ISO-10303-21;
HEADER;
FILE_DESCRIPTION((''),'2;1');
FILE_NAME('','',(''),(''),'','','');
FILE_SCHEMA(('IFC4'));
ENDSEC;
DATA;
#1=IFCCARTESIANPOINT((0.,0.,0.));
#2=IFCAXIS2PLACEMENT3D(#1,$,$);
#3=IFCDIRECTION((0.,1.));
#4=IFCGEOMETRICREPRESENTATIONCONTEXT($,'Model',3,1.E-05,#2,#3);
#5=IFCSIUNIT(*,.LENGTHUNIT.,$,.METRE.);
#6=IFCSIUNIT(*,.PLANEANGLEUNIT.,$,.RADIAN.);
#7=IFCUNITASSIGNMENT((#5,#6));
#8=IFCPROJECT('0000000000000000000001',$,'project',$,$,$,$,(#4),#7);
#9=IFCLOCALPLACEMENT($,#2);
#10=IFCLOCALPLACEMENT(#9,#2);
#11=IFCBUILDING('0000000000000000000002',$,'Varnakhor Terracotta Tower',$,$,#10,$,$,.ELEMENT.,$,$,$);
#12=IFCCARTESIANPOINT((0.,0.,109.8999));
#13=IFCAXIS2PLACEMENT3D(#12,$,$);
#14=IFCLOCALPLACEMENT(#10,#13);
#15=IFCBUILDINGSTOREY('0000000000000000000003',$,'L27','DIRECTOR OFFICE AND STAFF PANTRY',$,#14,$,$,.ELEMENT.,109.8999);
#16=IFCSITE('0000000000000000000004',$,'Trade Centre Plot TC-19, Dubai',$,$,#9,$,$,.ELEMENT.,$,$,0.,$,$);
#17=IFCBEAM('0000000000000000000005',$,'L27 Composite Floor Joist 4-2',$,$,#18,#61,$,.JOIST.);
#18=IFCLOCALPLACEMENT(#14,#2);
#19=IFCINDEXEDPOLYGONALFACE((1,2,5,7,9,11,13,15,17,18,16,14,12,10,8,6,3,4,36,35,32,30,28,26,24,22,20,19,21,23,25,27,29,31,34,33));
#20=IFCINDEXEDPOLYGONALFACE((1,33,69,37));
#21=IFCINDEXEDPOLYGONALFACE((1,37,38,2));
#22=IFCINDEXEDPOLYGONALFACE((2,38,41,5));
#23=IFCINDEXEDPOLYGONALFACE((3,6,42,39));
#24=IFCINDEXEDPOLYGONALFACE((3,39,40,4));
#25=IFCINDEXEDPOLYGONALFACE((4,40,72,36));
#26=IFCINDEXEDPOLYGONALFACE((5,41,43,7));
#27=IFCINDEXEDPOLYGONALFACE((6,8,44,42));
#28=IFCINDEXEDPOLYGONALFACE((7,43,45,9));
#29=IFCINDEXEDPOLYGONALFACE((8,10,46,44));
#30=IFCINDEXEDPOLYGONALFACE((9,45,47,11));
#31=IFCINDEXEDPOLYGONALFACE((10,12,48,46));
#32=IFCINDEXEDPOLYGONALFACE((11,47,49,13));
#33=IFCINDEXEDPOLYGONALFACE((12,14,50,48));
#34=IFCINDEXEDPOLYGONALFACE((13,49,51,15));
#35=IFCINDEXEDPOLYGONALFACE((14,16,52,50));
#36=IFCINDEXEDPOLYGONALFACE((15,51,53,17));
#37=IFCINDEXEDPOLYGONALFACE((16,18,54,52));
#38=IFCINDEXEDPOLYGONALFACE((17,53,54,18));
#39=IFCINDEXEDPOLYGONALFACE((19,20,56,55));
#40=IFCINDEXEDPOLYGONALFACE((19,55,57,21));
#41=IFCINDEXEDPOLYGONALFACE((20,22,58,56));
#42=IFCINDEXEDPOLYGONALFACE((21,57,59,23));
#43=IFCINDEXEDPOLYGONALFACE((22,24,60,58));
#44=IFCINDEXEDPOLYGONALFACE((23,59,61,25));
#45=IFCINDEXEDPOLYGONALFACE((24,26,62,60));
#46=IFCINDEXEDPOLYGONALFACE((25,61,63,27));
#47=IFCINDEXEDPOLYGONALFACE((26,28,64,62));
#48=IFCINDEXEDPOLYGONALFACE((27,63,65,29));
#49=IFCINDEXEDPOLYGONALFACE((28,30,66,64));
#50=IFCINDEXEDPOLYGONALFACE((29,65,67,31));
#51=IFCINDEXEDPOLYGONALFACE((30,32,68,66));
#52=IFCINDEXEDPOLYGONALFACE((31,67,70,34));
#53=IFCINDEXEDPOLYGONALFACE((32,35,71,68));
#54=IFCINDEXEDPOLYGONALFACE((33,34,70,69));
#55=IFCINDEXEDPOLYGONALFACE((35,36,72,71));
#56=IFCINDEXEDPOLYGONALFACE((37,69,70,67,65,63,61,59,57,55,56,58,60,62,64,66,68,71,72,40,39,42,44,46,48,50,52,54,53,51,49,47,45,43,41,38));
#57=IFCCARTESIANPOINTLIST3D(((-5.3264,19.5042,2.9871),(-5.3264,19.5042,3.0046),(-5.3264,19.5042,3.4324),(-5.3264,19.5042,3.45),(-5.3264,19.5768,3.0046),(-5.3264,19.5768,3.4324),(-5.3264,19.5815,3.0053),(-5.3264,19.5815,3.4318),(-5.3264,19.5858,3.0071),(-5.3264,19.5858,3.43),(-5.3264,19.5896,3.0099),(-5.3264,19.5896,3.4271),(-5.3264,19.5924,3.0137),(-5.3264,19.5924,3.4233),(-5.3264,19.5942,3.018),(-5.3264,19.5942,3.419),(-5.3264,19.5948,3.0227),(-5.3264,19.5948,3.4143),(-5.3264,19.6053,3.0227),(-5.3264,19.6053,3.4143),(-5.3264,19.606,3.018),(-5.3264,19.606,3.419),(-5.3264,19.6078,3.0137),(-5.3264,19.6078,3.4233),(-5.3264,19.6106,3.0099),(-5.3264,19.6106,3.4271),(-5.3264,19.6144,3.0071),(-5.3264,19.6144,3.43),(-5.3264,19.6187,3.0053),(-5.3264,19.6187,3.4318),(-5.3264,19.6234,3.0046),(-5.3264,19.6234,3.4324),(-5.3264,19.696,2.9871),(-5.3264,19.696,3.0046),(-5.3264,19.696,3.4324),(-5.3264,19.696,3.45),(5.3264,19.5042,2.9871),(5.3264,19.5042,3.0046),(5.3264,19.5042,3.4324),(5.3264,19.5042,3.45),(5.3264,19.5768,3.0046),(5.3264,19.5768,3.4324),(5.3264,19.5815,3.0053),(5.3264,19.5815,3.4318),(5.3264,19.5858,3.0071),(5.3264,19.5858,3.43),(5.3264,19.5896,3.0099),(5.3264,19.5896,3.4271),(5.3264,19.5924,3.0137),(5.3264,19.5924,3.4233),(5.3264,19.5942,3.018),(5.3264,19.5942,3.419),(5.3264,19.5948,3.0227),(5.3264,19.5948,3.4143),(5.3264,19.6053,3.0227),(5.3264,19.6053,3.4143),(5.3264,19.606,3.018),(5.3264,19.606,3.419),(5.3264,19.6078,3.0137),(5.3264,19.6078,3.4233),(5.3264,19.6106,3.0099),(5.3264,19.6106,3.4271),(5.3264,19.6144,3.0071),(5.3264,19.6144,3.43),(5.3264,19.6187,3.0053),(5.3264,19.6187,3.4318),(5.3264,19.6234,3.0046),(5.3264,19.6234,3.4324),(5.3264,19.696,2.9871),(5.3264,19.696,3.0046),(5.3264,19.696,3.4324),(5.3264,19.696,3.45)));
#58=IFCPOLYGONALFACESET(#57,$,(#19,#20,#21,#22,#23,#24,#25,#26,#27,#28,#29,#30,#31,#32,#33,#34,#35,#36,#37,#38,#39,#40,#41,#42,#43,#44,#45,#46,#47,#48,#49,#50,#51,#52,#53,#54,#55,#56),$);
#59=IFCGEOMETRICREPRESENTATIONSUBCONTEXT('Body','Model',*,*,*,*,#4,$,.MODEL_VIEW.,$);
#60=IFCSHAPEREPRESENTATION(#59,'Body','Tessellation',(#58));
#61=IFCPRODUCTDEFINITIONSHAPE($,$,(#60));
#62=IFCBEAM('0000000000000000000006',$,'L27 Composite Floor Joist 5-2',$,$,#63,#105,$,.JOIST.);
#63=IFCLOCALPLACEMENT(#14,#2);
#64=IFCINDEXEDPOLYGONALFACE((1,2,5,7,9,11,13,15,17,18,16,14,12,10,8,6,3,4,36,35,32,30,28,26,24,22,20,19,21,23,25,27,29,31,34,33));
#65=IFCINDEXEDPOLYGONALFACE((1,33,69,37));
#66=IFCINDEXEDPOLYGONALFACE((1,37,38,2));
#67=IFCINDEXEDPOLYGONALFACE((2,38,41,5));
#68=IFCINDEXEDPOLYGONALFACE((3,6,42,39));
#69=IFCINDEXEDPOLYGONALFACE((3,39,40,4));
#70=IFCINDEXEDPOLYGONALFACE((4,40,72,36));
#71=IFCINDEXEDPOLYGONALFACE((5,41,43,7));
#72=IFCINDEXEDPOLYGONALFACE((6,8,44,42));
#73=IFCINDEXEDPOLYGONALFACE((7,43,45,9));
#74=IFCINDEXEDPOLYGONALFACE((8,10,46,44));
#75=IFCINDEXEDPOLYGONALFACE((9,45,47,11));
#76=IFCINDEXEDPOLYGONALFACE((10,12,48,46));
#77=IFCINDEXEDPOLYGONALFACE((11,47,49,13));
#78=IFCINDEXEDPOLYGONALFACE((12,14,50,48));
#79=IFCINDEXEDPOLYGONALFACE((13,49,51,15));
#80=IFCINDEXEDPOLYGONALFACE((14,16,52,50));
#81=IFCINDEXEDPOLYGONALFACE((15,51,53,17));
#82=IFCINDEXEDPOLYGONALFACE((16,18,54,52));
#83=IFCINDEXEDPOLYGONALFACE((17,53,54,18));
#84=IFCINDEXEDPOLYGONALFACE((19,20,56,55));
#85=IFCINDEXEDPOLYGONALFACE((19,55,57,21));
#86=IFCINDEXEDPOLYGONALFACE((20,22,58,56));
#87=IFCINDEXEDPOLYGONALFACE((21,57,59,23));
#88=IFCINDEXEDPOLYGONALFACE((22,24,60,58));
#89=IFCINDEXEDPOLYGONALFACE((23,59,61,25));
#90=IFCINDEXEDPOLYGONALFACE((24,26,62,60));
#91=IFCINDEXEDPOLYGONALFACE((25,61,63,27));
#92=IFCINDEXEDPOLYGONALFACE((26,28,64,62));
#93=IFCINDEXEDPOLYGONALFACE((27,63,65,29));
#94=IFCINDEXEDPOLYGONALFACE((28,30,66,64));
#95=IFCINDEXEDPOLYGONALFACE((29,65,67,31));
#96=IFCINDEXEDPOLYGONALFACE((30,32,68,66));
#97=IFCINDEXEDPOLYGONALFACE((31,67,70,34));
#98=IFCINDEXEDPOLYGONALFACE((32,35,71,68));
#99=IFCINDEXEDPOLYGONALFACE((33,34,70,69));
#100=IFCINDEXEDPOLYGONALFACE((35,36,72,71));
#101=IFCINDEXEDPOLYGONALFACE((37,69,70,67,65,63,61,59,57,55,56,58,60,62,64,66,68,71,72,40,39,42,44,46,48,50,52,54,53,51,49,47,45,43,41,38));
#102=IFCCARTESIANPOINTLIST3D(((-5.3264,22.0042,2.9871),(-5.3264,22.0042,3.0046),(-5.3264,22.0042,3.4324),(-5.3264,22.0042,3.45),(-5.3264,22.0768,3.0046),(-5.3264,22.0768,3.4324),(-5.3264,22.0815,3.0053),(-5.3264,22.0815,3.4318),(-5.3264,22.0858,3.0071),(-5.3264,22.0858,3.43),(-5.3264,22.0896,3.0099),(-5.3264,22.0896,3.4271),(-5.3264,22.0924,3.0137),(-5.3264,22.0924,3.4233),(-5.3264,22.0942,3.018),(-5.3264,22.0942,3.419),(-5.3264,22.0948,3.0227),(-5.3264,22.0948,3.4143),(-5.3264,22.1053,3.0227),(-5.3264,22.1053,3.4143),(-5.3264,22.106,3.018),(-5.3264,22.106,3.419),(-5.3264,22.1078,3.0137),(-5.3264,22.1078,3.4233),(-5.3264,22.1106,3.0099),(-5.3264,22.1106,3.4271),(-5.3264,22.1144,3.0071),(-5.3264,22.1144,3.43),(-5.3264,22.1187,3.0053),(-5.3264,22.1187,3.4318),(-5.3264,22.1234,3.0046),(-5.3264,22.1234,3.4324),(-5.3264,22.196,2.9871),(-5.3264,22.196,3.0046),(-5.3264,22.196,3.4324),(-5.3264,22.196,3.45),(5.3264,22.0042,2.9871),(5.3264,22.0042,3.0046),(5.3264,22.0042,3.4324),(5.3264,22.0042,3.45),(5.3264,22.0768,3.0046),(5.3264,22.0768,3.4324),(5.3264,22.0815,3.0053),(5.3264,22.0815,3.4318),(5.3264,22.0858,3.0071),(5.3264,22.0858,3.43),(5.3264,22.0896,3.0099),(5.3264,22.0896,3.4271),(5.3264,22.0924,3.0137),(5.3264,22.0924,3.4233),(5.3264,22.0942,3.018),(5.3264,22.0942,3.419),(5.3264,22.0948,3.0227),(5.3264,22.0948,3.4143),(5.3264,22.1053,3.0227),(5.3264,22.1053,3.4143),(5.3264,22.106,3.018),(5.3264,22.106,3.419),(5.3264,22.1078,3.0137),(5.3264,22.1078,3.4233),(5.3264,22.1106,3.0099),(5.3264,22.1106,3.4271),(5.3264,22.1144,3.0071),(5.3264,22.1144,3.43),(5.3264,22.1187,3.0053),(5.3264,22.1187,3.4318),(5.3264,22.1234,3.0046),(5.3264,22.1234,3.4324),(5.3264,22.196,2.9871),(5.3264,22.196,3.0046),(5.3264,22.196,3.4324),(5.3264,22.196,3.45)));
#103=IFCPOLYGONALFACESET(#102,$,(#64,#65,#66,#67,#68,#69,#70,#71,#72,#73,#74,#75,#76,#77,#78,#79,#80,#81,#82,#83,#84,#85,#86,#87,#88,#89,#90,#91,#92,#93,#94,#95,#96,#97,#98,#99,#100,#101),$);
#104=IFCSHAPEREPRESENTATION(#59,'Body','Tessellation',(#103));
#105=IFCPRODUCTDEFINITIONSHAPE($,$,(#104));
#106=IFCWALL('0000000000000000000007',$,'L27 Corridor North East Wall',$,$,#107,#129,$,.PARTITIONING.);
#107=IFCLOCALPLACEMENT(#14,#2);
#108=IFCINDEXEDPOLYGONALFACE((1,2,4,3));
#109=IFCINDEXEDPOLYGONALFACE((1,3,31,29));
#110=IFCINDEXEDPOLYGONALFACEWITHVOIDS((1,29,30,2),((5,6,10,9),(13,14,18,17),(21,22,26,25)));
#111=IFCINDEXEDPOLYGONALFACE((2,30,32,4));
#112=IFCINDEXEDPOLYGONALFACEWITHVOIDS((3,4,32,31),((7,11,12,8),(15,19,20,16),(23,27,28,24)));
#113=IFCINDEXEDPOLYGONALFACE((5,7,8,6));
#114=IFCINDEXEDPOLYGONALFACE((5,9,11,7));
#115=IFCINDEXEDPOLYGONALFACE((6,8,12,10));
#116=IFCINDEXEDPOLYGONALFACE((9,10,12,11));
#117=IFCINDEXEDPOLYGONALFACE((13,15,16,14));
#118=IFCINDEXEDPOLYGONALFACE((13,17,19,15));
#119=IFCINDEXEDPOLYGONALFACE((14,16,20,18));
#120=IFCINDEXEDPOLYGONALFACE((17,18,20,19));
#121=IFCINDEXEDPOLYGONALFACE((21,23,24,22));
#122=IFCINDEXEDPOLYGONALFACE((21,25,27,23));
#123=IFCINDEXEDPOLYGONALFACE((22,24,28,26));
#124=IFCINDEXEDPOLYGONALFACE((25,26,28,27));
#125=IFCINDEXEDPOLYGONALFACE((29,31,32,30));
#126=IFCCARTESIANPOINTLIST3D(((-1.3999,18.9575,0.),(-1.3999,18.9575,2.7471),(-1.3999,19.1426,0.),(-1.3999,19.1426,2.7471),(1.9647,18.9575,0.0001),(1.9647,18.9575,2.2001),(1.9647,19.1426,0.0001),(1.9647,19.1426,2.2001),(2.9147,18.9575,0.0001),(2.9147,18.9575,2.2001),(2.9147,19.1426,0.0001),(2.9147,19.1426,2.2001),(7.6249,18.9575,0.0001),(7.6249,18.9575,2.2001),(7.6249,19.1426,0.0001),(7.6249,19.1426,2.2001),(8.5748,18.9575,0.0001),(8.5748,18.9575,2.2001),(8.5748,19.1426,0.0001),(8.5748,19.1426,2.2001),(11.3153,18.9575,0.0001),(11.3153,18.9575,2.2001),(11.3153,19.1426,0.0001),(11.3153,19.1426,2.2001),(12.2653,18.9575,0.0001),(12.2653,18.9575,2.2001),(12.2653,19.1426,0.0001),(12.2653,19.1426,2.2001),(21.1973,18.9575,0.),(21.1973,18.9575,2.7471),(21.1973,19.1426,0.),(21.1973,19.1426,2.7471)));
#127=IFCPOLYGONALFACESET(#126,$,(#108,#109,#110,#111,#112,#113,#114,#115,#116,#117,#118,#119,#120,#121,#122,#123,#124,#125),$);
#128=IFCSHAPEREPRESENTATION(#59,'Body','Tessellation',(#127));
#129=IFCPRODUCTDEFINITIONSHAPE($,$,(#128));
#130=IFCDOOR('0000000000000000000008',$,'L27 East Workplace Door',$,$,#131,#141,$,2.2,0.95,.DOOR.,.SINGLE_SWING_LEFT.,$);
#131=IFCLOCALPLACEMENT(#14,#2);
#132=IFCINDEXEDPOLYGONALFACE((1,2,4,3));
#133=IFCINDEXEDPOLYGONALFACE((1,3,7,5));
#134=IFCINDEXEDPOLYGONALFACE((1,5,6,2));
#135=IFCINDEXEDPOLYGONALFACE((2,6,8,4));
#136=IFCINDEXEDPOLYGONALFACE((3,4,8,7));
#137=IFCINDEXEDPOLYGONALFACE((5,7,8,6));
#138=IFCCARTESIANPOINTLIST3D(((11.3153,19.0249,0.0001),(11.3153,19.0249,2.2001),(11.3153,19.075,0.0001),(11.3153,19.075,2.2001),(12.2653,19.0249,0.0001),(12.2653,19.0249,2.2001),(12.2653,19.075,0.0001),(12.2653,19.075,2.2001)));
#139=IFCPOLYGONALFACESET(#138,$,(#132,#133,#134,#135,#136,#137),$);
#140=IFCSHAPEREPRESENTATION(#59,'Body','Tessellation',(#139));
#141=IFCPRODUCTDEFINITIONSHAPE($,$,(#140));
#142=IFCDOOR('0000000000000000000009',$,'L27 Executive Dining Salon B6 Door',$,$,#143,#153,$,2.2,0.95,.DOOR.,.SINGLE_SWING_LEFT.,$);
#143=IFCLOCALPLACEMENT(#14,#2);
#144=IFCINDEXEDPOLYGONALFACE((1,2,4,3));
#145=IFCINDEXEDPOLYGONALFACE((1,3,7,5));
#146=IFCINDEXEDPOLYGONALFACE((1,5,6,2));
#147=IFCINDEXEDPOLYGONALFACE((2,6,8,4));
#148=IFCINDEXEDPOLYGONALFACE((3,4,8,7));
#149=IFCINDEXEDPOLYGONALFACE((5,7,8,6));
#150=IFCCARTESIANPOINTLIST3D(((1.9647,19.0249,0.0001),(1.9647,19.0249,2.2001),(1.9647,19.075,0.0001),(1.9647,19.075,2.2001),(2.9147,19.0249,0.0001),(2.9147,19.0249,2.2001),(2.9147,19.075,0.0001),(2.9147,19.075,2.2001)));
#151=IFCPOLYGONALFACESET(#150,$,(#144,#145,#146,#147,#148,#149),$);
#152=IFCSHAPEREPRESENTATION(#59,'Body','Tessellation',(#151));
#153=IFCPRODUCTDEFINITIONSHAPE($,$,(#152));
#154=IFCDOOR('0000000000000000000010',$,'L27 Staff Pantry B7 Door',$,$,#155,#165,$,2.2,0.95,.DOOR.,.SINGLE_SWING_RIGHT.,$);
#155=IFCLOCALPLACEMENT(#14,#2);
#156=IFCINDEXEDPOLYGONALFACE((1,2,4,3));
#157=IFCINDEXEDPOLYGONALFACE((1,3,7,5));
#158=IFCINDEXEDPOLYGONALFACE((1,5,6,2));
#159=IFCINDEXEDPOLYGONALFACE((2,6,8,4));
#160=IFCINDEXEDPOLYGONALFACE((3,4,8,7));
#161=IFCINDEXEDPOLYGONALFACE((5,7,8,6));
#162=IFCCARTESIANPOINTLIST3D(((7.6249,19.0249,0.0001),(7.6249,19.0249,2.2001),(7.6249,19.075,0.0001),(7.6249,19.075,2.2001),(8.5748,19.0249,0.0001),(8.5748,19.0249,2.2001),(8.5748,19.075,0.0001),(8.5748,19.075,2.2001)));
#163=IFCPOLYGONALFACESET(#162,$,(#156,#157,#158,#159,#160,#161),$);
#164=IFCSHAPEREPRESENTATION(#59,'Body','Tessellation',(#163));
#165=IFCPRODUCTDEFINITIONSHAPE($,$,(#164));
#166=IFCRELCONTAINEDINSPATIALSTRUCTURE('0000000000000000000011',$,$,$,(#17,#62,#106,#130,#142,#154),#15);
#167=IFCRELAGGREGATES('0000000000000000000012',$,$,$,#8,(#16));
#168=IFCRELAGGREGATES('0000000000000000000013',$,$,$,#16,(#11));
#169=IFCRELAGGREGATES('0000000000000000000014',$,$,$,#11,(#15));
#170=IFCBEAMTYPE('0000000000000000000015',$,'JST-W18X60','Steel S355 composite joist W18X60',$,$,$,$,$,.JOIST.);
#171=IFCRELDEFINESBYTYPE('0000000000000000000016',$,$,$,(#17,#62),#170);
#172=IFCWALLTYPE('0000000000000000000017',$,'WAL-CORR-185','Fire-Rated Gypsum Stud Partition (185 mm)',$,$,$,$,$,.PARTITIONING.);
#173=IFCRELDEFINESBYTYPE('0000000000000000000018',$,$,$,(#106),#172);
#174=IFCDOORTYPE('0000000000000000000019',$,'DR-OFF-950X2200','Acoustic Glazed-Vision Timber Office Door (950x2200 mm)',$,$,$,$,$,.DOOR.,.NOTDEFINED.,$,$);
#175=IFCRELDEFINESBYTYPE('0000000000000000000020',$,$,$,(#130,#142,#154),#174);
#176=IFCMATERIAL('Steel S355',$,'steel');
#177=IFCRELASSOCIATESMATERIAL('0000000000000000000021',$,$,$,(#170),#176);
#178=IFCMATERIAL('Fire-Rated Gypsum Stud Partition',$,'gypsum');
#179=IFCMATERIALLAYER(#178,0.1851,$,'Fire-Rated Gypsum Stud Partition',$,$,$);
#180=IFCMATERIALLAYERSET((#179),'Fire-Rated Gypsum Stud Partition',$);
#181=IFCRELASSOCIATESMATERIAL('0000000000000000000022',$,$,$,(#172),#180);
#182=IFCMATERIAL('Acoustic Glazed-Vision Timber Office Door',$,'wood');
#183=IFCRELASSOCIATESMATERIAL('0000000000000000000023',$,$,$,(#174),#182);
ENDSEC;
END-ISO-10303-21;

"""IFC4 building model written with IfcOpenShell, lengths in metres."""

from ifc_helpers import new_model, si_unit, direction, frame, frame_2d, origin, origin_2d, place, context, subcontext, project, spatial, rectangle, i_section, extrude, source, transform, mapped, material, layer, layer_set, material_profile, profile_set, type_object, type_shapes, element, fill, save


model = new_model("IFC4")

# Units and contexts
model_context = context("Model", 3, precision=1e-05, world=origin(), true_north=direction((0.0, 1.0)))
body_context = subcontext(model_context, "Body", "Model", "MODEL_VIEW")
ifc_project = project(units=[si_unit("LENGTHUNIT", "METRE"), si_unit("PLANEANGLEUNIT", "RADIAN")], contexts=[model_context])

# Site, building, storey
site_placement = place(None, origin())
site = spatial("IfcSite", under=ifc_project, at=site_placement, Name="Trade Centre Plot TC-19, Dubai", CompositionType="ELEMENT", RefElevation=0.0)
building_placement = place(site_placement, origin())
building = spatial("IfcBuilding", under=site, at=building_placement, Name="Varnakhor Terracotta Tower", CompositionType="ELEMENT")
storey_placement = place(building_placement, frame((0.0, 0.0, 109.8999)))
storey = spatial("IfcBuildingStorey", under=building, at=storey_placement, Name="L27", Description="DIRECTOR OFFICE AND STAFF PANTRY", CompositionType="ELEMENT", Elevation=109.8999)

# Beams
ifc_material_1 = material(Name="Steel S355", Category="steel")
ifc_material_profile_1 = material_profile(ifc_material_1, i_section(OverallWidth=0.1919, OverallDepth=0.4629, WebThickness=0.0105, FlangeThickness=0.0176, FilletRadius=0.0181, at=origin_2d()), Name="W18X60")
ifc_profile_set_1 = profile_set([ifc_material_profile_1], Name="Steel S355")
beam_type_1 = type_object("IfcBeamType", Name="JST-W18X60", Description="Steel S355 composite joist W18X60", PredefinedType="JOIST", material=ifc_profile_set_1)
shared_shape_1 = source(origin(), body_context, "Body", "SweptSolid", [
    extrude(i_section(OverallWidth=0.1919, OverallDepth=0.4629, WebThickness=0.0105, FlangeThickness=0.0176, FilletRadius=0.0181, at=origin_2d()), origin(), (0.0, 0.0, 1.0), 10.6528),
])
for number, where, z_axis, x_axis, name in (
    (1, (-5.3264, 19.6001, 3.2185), (1.0, 0.0, 0.0), (0.0, 1.0, 0.0), "L27 Composite Floor Joist 4-2"),
    (2, (-5.3264, 22.1001, 3.2185), (1.0, 0.0, 0.0), (0.0, 1.0, 0.0), "L27 Composite Floor Joist 5-2"),
):
    element("IfcBeam", number, at=place(storey_placement, frame(where, z_axis=z_axis, x_axis=x_axis)), inside=storey, type_object=beam_type_1, Name=name, PredefinedType="JOIST", context=body_context, shape_type="MappedRepresentation", body=[
        mapped(shared_shape_1, transform((0.0, 0.0, 0.0), scale=1.0)),
    ])

# Wall, openings, doors
ifc_material_2 = material(Name="Fire-Rated Gypsum Stud Partition", Category="gypsum")
ifc_layer_1 = layer(ifc_material_2, 0.1851, Name="Fire-Rated Gypsum Stud Partition")
ifc_layer_set_1 = layer_set([ifc_layer_1], Name="Fire-Rated Gypsum Stud Partition")
wall_type_1 = type_object("IfcWallType", Name="WAL-CORR-185", Description="Fire-Rated Gypsum Stud Partition (185 mm)", PredefinedType="PARTITIONING", material=ifc_layer_set_1)
wall_1_placement = place(storey_placement, frame((-1.3999, 19.05, 0.0), z_axis=(0.0, 0.0, 1.0), x_axis=(1.0, 0.0, 0.0)))
wall_1 = element("IfcWall", 3, at=wall_1_placement, inside=storey, type_object=wall_type_1, Name="L27 Corridor North East Wall", PredefinedType="PARTITIONING", context=body_context, shape_type="SweptSolid", body=[
    extrude(rectangle(XDim=22.5972, YDim=0.1851, at=frame_2d((11.2986, 0.0))), origin(), (0.0, 0.0, 1.0), 2.7471),
])
opening_1_placement = place(wall_1_placement, frame((12.7151, 0.0, 0.0)))
opening_1 = element("IfcOpeningElement", 4, at=opening_1_placement, cuts=wall_1, PredefinedType="OPENING", context=body_context, shape_type="SweptSolid", body=[
    extrude(rectangle(XDim=0.95, YDim=2.2, at=frame_2d((0.4751, 1.1001))), frame((0.0, 0.1025, 0.0), z_axis=(0.0, -1.0, 0.0), x_axis=(1.0, 0.0, 0.0)), (0.0, 0.0, 1.0), 0.2051),
])
opening_2_placement = place(wall_1_placement, frame((3.3645, 0.0, 0.0)))
opening_2 = element("IfcOpeningElement", 5, at=opening_2_placement, cuts=wall_1, PredefinedType="OPENING", context=body_context, shape_type="SweptSolid", body=[
    extrude(rectangle(XDim=0.95, YDim=2.2, at=frame_2d((0.4751, 1.1001))), frame((0.0, 0.1025, 0.0), z_axis=(0.0, -1.0, 0.0), x_axis=(1.0, 0.0, 0.0)), (0.0, 0.0, 1.0), 0.2051),
])
opening_3_placement = place(wall_1_placement, frame((9.0247, 0.0, 0.0)))
opening_3 = element("IfcOpeningElement", 6, at=opening_3_placement, cuts=wall_1, PredefinedType="OPENING", context=body_context, shape_type="SweptSolid", body=[
    extrude(rectangle(XDim=0.95, YDim=2.2, at=frame_2d((0.4751, 1.1001))), frame((0.0, 0.1025, 0.0), z_axis=(0.0, -1.0, 0.0), x_axis=(1.0, 0.0, 0.0)), (0.0, 0.0, 1.0), 0.2051),
])
ifc_material_3 = material(Name="Acoustic Glazed-Vision Timber Office Door", Category="wood")
door_type_1 = type_object("IfcDoorType", Name="DR-OFF-950X2200", Description="Acoustic Glazed-Vision Timber Office Door (950x2200 mm)", OperationType="NOTDEFINED", PredefinedType="DOOR", material=ifc_material_3)
shared_shape_2 = source(origin(), body_context, "Body", "SweptSolid", [
    extrude(rectangle(XDim=0.95, YDim=2.2, at=frame_2d((0.4751, 1.1001))), frame((0.0, 0.0249, 0.0), z_axis=(0.0, -1.0, 0.0), x_axis=(1.0, 0.0, 0.0)), (0.0, 0.0, 1.0), 0.05),
])
type_shapes(door_type_1, [shared_shape_2])
door_1_placement = place(opening_1_placement, origin())
door_1 = element("IfcDoor", 7, at=door_1_placement, inside=storey, type_object=door_type_1, Name="L27 East Workplace Door", OperationType="SINGLE_SWING_LEFT", OverallHeight=2.2, OverallWidth=0.95, PredefinedType="DOOR", context=body_context, shape_type="MappedRepresentation", body=[
    mapped(shared_shape_2, transform((0.0, 0.0, 0.0), scale=1.0)),
])
fill(opening_1, door_1)
door_2_placement = place(opening_2_placement, origin())
door_2 = element("IfcDoor", 8, at=door_2_placement, inside=storey, type_object=door_type_1, Name="L27 Executive Dining Salon B6 Door", OperationType="SINGLE_SWING_LEFT", OverallHeight=2.2, OverallWidth=0.95, PredefinedType="DOOR", context=body_context, shape_type="MappedRepresentation", body=[
    mapped(shared_shape_2, transform((0.0, 0.0, 0.0), scale=1.0)),
])
fill(opening_2, door_2)
door_3_placement = place(opening_3_placement, origin())
door_3 = element("IfcDoor", 9, at=door_3_placement, inside=storey, type_object=door_type_1, Name="L27 Staff Pantry B7 Door", OperationType="SINGLE_SWING_RIGHT", OverallHeight=2.2, OverallWidth=0.95, PredefinedType="DOOR", context=body_context, shape_type="MappedRepresentation", body=[
    mapped(shared_shape_2, transform((0.0, 0.0, 0.0), scale=1.0)),
])
fill(opening_3, door_3)

save(model, "model.ifc")
